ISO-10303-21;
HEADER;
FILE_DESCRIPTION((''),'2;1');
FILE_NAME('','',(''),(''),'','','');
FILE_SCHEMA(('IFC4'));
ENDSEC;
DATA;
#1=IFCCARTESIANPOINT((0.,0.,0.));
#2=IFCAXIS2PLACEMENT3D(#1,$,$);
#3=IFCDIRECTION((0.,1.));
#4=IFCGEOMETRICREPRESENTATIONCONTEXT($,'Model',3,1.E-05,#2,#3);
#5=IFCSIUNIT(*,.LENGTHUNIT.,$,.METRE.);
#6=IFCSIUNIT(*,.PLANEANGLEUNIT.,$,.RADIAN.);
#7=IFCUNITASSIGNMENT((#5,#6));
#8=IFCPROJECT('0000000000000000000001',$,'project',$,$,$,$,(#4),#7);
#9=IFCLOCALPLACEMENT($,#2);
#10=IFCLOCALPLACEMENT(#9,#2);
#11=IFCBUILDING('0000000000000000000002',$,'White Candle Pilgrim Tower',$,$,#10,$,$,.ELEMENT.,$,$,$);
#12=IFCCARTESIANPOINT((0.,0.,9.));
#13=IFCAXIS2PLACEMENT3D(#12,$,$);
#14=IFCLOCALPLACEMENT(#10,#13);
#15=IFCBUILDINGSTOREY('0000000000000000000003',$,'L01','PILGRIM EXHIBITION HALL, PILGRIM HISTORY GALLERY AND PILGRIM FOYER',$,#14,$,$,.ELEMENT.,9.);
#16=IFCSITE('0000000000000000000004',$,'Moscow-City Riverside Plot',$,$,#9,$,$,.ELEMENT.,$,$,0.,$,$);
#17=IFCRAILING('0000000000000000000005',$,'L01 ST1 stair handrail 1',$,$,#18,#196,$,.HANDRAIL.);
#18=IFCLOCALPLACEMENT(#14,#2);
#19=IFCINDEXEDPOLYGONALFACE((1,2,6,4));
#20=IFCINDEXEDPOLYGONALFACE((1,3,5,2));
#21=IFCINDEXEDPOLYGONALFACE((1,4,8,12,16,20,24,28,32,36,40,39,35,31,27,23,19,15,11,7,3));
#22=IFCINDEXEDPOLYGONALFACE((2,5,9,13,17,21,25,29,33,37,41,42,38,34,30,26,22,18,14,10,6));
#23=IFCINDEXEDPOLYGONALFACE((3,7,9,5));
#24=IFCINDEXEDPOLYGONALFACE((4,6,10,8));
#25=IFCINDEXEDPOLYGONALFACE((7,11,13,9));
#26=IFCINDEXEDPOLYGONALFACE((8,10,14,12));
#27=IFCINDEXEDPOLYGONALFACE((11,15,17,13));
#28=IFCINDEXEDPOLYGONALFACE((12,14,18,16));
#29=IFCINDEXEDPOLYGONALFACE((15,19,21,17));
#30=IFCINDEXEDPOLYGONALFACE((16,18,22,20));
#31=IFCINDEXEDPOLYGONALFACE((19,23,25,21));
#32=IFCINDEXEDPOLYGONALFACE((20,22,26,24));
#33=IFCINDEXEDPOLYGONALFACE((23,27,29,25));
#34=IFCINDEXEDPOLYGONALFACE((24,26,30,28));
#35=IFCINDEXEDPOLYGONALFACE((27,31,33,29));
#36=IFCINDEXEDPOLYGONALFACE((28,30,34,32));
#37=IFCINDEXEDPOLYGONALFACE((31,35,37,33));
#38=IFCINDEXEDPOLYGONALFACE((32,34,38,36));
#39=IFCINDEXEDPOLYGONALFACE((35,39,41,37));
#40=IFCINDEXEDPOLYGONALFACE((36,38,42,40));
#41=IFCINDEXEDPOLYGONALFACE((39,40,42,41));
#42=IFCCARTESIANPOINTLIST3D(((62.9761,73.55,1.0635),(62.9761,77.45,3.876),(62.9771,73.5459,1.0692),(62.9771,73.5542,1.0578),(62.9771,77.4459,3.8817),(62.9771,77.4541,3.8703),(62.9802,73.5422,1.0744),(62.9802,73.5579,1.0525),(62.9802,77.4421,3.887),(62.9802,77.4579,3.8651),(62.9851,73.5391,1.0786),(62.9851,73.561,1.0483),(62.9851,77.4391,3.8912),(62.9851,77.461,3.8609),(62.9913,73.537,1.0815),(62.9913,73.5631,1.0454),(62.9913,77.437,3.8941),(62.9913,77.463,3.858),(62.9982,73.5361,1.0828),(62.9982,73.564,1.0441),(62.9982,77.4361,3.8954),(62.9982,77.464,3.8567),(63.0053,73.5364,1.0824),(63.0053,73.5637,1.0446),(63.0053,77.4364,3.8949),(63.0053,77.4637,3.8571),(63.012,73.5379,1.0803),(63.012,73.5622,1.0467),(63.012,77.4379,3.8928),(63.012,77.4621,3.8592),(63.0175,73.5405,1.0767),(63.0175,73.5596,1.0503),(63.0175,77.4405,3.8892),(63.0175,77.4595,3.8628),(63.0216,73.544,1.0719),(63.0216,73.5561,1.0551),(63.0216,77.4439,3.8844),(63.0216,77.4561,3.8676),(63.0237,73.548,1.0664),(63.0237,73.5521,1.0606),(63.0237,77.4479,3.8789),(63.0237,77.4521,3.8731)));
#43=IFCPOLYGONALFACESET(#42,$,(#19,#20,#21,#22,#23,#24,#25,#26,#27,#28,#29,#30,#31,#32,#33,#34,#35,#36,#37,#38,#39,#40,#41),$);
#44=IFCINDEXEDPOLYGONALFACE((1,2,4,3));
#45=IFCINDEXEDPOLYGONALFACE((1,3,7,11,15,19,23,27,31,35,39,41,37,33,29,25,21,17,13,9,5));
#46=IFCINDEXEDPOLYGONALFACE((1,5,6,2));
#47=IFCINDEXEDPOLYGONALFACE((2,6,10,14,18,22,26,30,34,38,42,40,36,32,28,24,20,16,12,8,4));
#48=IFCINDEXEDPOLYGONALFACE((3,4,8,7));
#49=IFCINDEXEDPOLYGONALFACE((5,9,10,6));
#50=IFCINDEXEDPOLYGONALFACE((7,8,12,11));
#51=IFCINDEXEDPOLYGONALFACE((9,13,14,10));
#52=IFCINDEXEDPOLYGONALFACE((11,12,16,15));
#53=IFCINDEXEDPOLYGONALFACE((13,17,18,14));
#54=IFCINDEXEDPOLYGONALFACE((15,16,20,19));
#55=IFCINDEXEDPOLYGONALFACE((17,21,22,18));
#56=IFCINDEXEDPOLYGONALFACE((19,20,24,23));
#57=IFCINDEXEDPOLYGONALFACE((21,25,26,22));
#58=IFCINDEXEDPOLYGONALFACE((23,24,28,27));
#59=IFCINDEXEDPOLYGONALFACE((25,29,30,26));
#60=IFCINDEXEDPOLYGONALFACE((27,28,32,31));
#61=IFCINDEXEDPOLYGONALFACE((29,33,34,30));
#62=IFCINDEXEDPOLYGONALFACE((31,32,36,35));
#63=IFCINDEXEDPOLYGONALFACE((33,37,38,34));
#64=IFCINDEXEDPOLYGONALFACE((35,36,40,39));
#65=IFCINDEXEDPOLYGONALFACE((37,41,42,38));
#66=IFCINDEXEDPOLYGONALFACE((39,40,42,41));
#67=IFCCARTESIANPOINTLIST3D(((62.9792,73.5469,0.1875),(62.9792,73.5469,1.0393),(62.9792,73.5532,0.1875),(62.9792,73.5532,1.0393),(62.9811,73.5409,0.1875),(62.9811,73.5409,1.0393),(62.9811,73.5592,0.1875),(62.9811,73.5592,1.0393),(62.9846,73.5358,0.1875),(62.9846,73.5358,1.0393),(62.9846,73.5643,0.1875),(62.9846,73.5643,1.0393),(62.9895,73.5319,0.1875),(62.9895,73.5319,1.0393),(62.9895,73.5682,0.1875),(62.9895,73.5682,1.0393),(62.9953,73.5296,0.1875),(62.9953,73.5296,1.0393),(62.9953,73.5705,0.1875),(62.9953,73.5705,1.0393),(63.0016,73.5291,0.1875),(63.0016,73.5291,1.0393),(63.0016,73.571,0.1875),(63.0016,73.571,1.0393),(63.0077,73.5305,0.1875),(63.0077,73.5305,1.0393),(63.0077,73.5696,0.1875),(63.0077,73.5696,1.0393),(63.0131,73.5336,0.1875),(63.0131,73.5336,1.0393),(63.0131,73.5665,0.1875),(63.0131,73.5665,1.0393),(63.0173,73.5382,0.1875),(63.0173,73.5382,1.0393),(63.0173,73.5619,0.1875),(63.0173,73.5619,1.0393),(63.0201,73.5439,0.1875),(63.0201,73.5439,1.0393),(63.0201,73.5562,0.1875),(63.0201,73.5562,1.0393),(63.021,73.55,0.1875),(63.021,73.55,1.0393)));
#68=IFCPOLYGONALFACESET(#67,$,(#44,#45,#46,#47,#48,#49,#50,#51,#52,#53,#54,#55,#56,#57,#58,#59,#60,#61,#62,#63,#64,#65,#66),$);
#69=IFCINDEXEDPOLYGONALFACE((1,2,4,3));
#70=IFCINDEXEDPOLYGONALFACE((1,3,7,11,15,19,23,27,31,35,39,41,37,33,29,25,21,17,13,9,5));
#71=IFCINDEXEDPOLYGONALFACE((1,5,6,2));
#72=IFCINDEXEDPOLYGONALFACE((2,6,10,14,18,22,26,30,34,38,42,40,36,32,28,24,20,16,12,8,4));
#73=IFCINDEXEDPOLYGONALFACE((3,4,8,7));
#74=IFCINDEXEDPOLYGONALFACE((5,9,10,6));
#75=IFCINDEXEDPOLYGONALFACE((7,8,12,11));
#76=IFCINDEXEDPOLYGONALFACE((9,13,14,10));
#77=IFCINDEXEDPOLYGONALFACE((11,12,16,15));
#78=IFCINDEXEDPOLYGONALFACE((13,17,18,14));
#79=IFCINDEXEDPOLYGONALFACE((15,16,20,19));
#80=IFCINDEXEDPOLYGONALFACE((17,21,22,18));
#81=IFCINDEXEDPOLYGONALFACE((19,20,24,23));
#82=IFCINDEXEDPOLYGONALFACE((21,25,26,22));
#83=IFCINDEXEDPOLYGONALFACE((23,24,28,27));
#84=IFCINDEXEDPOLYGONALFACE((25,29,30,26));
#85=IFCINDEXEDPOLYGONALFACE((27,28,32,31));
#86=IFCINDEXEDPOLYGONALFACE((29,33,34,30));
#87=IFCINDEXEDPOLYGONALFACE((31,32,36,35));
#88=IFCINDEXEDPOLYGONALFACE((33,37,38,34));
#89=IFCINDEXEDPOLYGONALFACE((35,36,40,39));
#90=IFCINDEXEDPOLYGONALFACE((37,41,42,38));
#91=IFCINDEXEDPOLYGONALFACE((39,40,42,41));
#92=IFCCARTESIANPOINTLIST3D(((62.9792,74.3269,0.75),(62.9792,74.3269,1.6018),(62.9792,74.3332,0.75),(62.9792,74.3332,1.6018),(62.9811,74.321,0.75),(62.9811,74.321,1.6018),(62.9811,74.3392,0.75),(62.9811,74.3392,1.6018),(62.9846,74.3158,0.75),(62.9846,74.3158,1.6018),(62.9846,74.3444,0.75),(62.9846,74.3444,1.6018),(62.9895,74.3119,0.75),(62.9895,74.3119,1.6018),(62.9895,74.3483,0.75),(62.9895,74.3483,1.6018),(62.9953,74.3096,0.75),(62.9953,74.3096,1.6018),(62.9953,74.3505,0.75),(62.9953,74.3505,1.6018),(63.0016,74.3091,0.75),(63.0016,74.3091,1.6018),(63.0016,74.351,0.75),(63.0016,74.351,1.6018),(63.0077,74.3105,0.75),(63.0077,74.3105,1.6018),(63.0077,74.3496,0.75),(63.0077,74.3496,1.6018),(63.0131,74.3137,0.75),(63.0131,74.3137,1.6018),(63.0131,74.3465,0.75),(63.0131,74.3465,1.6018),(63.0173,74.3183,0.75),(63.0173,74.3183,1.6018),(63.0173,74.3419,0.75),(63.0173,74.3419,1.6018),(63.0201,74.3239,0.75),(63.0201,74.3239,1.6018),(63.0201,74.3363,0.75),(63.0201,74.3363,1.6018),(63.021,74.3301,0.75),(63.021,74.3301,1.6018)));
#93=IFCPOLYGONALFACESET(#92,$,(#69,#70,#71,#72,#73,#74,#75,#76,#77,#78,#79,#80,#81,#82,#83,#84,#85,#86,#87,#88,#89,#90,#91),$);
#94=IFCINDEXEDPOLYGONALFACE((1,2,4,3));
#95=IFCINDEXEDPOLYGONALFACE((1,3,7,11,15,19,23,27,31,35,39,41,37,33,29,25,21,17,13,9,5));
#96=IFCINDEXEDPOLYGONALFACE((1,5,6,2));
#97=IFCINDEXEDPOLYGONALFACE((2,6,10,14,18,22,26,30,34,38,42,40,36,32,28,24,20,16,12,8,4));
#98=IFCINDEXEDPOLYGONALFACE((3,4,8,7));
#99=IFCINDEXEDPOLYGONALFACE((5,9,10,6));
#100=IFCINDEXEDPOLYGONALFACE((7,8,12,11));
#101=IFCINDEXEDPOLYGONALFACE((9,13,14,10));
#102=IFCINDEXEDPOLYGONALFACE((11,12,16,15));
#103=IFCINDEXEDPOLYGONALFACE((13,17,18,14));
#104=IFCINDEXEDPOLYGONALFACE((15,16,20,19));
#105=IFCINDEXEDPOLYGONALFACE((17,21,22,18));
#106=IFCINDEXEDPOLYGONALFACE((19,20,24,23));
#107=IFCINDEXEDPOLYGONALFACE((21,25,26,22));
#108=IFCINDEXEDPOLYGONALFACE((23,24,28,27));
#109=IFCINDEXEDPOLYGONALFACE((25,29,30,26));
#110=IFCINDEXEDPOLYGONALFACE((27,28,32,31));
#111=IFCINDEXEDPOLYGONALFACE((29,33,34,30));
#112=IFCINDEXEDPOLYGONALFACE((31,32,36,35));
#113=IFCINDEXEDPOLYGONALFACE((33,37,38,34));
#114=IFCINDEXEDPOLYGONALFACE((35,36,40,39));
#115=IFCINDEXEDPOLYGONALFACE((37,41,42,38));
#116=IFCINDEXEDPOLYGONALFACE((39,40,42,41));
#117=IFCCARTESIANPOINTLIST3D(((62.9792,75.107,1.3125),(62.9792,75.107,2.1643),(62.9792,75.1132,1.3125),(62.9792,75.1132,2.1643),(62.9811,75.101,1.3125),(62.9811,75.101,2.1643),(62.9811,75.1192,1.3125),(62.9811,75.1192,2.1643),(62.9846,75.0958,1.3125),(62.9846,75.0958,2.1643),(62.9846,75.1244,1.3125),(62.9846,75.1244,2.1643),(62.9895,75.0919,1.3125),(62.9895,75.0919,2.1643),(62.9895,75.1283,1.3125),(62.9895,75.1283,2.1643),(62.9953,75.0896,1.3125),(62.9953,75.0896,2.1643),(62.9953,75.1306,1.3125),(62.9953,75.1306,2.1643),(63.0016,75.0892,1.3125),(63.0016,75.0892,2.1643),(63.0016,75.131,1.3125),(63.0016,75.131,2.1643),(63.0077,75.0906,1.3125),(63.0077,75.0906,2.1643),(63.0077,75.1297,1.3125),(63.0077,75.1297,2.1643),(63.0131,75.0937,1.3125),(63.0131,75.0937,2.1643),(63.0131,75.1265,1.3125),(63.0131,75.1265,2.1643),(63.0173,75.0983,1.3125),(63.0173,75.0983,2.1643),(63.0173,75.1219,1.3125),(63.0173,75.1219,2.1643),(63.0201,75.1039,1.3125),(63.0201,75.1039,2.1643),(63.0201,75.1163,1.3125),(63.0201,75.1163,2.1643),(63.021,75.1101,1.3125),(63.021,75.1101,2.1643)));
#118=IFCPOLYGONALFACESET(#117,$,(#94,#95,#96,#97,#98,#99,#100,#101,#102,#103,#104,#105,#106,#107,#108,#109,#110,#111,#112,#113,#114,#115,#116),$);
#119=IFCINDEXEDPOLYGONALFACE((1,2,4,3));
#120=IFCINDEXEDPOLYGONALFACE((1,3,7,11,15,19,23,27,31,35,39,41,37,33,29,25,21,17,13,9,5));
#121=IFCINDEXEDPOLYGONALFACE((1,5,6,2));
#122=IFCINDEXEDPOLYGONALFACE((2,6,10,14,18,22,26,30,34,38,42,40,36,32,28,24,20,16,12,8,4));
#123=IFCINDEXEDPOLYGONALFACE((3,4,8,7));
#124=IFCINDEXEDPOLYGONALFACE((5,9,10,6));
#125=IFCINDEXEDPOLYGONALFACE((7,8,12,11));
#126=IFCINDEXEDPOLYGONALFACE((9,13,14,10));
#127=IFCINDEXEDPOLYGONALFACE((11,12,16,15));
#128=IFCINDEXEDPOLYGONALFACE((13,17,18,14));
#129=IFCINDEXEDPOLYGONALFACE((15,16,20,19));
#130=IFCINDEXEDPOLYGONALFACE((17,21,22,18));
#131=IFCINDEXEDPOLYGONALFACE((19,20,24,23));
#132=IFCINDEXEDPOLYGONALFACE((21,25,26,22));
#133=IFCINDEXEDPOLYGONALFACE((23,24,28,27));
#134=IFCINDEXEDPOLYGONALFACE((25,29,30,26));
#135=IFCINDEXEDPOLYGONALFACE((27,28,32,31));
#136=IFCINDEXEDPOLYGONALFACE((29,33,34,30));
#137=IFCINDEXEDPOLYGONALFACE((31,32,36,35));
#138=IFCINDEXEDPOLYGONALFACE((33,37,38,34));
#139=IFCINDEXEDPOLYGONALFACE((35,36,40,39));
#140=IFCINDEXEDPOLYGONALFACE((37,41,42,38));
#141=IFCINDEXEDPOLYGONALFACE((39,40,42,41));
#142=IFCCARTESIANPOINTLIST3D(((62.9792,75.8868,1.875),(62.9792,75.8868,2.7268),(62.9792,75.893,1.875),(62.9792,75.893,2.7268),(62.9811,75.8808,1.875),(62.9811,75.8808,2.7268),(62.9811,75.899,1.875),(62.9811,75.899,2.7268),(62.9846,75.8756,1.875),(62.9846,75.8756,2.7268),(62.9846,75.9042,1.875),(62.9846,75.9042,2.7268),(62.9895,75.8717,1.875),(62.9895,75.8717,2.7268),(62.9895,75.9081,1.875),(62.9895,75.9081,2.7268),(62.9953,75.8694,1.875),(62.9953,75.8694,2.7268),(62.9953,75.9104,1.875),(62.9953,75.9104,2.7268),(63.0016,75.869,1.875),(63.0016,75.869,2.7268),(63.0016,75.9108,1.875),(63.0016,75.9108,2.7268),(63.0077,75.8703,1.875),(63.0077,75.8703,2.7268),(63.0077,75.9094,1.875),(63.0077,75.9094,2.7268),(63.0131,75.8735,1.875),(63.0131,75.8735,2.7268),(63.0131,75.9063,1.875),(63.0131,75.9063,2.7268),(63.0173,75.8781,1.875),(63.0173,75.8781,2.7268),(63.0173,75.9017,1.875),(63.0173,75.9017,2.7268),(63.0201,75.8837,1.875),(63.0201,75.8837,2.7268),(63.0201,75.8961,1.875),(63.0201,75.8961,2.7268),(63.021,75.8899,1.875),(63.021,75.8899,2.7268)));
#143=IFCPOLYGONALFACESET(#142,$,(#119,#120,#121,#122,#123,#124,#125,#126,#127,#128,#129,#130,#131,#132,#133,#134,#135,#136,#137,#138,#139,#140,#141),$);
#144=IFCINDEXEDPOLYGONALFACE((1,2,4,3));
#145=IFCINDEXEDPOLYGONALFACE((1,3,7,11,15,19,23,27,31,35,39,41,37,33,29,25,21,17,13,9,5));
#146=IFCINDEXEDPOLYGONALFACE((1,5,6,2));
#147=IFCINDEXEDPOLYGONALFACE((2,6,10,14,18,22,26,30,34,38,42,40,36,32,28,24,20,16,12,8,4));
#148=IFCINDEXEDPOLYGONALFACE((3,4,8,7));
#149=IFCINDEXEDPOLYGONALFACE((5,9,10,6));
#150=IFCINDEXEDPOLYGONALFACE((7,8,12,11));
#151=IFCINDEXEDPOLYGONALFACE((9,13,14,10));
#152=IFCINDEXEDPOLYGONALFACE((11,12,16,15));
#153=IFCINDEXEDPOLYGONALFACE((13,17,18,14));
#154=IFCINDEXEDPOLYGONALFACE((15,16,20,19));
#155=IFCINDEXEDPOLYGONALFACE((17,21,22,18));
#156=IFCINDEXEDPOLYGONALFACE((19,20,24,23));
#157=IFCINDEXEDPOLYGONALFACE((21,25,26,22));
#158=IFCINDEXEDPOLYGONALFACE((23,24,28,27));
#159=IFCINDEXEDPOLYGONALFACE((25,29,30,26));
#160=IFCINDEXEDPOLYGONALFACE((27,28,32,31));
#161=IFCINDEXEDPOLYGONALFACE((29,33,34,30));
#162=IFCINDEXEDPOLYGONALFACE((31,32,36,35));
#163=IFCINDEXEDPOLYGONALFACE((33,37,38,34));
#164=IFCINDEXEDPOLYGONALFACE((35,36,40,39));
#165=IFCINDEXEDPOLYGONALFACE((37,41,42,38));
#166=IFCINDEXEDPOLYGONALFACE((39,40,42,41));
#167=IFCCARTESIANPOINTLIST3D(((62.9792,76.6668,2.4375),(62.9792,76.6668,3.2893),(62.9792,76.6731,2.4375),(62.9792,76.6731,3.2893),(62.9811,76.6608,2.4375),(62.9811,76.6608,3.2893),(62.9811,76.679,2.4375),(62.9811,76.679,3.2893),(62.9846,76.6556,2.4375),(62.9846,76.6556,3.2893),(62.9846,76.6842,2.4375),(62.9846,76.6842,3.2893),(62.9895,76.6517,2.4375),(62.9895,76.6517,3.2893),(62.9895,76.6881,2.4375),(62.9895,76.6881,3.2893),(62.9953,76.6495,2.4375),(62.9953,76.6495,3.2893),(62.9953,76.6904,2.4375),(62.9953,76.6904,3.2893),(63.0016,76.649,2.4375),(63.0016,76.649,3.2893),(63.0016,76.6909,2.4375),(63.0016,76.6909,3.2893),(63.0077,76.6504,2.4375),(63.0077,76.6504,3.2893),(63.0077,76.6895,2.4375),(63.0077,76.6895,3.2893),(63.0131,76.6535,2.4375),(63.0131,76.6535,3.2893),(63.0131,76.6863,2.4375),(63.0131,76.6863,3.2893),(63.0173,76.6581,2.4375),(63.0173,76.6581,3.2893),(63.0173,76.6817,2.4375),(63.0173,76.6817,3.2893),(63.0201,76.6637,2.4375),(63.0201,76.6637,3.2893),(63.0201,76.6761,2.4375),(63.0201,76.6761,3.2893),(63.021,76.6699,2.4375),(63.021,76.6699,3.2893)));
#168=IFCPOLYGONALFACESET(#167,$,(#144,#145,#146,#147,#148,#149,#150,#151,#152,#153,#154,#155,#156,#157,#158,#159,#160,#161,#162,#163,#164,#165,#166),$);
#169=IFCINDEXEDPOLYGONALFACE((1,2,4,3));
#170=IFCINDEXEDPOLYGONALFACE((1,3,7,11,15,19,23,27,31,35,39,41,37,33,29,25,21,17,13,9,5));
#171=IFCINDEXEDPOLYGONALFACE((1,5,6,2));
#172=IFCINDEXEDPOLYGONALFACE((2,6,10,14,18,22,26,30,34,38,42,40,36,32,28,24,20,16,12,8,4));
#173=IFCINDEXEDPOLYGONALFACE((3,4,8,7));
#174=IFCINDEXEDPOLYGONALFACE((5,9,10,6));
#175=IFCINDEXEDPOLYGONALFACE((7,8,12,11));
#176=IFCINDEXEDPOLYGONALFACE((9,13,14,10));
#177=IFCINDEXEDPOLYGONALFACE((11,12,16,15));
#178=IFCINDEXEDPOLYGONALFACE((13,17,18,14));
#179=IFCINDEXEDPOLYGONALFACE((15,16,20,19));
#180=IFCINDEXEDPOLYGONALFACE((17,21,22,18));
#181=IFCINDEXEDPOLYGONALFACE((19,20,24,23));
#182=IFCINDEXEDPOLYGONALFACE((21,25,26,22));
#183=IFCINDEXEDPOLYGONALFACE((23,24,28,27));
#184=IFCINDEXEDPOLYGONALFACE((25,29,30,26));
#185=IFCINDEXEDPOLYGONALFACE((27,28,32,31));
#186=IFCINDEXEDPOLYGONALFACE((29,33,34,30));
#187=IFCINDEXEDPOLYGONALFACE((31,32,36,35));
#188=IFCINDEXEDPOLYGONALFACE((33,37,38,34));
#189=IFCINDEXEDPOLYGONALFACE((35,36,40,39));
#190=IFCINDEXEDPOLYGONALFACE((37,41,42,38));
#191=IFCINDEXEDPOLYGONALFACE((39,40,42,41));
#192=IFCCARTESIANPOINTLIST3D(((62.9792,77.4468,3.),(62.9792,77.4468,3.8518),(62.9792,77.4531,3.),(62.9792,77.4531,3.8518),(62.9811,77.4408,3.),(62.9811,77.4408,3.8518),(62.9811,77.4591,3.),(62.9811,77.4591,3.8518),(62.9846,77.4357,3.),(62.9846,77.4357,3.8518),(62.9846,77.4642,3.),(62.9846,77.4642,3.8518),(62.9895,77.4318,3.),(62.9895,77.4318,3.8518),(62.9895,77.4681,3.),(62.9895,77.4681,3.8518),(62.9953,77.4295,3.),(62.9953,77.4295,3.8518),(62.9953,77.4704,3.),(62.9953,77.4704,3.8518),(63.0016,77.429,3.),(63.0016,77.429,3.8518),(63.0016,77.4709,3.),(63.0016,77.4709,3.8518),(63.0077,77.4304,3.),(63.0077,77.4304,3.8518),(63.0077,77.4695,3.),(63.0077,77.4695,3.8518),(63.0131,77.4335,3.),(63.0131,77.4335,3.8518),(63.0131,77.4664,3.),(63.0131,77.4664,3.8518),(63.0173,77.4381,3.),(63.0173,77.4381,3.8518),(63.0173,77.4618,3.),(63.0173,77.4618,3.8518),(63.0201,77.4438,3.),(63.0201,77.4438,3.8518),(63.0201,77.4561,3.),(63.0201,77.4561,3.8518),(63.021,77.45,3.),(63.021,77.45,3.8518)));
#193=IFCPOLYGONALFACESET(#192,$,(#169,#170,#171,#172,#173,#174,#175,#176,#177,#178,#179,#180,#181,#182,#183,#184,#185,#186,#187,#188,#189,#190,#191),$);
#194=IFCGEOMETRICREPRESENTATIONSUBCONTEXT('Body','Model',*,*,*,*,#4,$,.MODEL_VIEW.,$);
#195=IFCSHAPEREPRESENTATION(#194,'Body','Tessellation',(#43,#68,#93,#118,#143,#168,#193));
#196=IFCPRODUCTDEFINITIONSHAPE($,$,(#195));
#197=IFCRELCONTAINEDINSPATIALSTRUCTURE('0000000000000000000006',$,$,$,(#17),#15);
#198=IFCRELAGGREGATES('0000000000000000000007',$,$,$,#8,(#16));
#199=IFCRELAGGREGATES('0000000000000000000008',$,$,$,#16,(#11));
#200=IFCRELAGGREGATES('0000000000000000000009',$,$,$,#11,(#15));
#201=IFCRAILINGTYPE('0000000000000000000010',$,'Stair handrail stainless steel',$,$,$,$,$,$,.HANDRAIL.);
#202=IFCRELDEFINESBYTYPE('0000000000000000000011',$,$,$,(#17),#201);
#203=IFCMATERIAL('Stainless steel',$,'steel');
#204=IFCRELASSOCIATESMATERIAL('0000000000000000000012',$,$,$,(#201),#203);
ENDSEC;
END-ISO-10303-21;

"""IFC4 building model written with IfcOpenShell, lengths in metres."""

from ifc_helpers import new_model, si_unit, direction, frame, origin, origin_2d, place, context, subcontext, project, spatial, circle, extrude, material, type_object, element, save


model = new_model("IFC4")

# Units and contexts
model_context = context("Model", 3, precision=1e-05, world=origin(), true_north=direction((0.0, 1.0)))
body_context = subcontext(model_context, "Body", "Model", "MODEL_VIEW")
ifc_project = project(units=[si_unit("LENGTHUNIT", "METRE"), si_unit("PLANEANGLEUNIT", "RADIAN")], contexts=[model_context])

# Site, building, storey
site_placement = place(None, origin())
site = spatial("IfcSite", under=ifc_project, at=site_placement, Name="Moscow-City Riverside Plot", CompositionType="ELEMENT", RefElevation=0.0)
building_placement = place(site_placement, origin())
building = spatial("IfcBuilding", under=site, at=building_placement, Name="White Candle Pilgrim Tower", CompositionType="ELEMENT")
storey_placement = place(building_placement, frame((0.0, 0.0, 9.0)))
storey = spatial("IfcBuildingStorey", under=building, at=storey_placement, Name="L01", Description="PILGRIM EXHIBITION HALL, PILGRIM HISTORY GALLERY AND PILGRIM FOYER", CompositionType="ELEMENT", Elevation=9.0)

# Railing
ifc_material_1 = material(Name="Stainless steel", Category="steel")
railing_type_1 = type_object("IfcRailingType", Name="Stair handrail stainless steel", PredefinedType="HANDRAIL", material=ifc_material_1)
railing_1_placement = place(storey_placement, frame((63.0, 73.55, 0.1875)))
element("IfcRailing", 1, at=railing_1_placement, inside=storey, type_object=railing_type_1, Name="L01 ST1 stair handrail 1", PredefinedType="HANDRAIL", context=body_context, shape_type="SweptSolid", body=[
    extrude(circle(Radius=0.0239, at=origin_2d()), frame((0.0, 0.0, 0.876), z_axis=(0.0, 0.811083, 0.584931), x_axis=(-1.0, 0.0, 0.0)), (0.0, 0.0, 1.0), 4.8083),
    extrude(circle(Radius=0.021, at=origin_2d()), origin(), (0.0, 0.0, 1.0), 0.8518),
    extrude(circle(Radius=0.021, at=origin_2d()), frame((0.0, 0.78, 0.5625)), (0.0, 0.0, 1.0), 0.8518),
    extrude(circle(Radius=0.021, at=origin_2d()), frame((0.0, 1.5601, 1.125)), (0.0, 0.0, 1.0), 0.8518),
    extrude(circle(Radius=0.021, at=origin_2d()), frame((0.0, 2.3398, 1.6875)), (0.0, 0.0, 1.0), 0.8518),
    extrude(circle(Radius=0.021, at=origin_2d()), frame((0.0, 3.1199, 2.25)), (0.0, 0.0, 1.0), 0.8518),
    extrude(circle(Radius=0.021, at=origin_2d()), frame((0.0, 3.8999, 2.8125)), (0.0, 0.0, 1.0), 0.8518),
])

save(model, "model.ifc")
